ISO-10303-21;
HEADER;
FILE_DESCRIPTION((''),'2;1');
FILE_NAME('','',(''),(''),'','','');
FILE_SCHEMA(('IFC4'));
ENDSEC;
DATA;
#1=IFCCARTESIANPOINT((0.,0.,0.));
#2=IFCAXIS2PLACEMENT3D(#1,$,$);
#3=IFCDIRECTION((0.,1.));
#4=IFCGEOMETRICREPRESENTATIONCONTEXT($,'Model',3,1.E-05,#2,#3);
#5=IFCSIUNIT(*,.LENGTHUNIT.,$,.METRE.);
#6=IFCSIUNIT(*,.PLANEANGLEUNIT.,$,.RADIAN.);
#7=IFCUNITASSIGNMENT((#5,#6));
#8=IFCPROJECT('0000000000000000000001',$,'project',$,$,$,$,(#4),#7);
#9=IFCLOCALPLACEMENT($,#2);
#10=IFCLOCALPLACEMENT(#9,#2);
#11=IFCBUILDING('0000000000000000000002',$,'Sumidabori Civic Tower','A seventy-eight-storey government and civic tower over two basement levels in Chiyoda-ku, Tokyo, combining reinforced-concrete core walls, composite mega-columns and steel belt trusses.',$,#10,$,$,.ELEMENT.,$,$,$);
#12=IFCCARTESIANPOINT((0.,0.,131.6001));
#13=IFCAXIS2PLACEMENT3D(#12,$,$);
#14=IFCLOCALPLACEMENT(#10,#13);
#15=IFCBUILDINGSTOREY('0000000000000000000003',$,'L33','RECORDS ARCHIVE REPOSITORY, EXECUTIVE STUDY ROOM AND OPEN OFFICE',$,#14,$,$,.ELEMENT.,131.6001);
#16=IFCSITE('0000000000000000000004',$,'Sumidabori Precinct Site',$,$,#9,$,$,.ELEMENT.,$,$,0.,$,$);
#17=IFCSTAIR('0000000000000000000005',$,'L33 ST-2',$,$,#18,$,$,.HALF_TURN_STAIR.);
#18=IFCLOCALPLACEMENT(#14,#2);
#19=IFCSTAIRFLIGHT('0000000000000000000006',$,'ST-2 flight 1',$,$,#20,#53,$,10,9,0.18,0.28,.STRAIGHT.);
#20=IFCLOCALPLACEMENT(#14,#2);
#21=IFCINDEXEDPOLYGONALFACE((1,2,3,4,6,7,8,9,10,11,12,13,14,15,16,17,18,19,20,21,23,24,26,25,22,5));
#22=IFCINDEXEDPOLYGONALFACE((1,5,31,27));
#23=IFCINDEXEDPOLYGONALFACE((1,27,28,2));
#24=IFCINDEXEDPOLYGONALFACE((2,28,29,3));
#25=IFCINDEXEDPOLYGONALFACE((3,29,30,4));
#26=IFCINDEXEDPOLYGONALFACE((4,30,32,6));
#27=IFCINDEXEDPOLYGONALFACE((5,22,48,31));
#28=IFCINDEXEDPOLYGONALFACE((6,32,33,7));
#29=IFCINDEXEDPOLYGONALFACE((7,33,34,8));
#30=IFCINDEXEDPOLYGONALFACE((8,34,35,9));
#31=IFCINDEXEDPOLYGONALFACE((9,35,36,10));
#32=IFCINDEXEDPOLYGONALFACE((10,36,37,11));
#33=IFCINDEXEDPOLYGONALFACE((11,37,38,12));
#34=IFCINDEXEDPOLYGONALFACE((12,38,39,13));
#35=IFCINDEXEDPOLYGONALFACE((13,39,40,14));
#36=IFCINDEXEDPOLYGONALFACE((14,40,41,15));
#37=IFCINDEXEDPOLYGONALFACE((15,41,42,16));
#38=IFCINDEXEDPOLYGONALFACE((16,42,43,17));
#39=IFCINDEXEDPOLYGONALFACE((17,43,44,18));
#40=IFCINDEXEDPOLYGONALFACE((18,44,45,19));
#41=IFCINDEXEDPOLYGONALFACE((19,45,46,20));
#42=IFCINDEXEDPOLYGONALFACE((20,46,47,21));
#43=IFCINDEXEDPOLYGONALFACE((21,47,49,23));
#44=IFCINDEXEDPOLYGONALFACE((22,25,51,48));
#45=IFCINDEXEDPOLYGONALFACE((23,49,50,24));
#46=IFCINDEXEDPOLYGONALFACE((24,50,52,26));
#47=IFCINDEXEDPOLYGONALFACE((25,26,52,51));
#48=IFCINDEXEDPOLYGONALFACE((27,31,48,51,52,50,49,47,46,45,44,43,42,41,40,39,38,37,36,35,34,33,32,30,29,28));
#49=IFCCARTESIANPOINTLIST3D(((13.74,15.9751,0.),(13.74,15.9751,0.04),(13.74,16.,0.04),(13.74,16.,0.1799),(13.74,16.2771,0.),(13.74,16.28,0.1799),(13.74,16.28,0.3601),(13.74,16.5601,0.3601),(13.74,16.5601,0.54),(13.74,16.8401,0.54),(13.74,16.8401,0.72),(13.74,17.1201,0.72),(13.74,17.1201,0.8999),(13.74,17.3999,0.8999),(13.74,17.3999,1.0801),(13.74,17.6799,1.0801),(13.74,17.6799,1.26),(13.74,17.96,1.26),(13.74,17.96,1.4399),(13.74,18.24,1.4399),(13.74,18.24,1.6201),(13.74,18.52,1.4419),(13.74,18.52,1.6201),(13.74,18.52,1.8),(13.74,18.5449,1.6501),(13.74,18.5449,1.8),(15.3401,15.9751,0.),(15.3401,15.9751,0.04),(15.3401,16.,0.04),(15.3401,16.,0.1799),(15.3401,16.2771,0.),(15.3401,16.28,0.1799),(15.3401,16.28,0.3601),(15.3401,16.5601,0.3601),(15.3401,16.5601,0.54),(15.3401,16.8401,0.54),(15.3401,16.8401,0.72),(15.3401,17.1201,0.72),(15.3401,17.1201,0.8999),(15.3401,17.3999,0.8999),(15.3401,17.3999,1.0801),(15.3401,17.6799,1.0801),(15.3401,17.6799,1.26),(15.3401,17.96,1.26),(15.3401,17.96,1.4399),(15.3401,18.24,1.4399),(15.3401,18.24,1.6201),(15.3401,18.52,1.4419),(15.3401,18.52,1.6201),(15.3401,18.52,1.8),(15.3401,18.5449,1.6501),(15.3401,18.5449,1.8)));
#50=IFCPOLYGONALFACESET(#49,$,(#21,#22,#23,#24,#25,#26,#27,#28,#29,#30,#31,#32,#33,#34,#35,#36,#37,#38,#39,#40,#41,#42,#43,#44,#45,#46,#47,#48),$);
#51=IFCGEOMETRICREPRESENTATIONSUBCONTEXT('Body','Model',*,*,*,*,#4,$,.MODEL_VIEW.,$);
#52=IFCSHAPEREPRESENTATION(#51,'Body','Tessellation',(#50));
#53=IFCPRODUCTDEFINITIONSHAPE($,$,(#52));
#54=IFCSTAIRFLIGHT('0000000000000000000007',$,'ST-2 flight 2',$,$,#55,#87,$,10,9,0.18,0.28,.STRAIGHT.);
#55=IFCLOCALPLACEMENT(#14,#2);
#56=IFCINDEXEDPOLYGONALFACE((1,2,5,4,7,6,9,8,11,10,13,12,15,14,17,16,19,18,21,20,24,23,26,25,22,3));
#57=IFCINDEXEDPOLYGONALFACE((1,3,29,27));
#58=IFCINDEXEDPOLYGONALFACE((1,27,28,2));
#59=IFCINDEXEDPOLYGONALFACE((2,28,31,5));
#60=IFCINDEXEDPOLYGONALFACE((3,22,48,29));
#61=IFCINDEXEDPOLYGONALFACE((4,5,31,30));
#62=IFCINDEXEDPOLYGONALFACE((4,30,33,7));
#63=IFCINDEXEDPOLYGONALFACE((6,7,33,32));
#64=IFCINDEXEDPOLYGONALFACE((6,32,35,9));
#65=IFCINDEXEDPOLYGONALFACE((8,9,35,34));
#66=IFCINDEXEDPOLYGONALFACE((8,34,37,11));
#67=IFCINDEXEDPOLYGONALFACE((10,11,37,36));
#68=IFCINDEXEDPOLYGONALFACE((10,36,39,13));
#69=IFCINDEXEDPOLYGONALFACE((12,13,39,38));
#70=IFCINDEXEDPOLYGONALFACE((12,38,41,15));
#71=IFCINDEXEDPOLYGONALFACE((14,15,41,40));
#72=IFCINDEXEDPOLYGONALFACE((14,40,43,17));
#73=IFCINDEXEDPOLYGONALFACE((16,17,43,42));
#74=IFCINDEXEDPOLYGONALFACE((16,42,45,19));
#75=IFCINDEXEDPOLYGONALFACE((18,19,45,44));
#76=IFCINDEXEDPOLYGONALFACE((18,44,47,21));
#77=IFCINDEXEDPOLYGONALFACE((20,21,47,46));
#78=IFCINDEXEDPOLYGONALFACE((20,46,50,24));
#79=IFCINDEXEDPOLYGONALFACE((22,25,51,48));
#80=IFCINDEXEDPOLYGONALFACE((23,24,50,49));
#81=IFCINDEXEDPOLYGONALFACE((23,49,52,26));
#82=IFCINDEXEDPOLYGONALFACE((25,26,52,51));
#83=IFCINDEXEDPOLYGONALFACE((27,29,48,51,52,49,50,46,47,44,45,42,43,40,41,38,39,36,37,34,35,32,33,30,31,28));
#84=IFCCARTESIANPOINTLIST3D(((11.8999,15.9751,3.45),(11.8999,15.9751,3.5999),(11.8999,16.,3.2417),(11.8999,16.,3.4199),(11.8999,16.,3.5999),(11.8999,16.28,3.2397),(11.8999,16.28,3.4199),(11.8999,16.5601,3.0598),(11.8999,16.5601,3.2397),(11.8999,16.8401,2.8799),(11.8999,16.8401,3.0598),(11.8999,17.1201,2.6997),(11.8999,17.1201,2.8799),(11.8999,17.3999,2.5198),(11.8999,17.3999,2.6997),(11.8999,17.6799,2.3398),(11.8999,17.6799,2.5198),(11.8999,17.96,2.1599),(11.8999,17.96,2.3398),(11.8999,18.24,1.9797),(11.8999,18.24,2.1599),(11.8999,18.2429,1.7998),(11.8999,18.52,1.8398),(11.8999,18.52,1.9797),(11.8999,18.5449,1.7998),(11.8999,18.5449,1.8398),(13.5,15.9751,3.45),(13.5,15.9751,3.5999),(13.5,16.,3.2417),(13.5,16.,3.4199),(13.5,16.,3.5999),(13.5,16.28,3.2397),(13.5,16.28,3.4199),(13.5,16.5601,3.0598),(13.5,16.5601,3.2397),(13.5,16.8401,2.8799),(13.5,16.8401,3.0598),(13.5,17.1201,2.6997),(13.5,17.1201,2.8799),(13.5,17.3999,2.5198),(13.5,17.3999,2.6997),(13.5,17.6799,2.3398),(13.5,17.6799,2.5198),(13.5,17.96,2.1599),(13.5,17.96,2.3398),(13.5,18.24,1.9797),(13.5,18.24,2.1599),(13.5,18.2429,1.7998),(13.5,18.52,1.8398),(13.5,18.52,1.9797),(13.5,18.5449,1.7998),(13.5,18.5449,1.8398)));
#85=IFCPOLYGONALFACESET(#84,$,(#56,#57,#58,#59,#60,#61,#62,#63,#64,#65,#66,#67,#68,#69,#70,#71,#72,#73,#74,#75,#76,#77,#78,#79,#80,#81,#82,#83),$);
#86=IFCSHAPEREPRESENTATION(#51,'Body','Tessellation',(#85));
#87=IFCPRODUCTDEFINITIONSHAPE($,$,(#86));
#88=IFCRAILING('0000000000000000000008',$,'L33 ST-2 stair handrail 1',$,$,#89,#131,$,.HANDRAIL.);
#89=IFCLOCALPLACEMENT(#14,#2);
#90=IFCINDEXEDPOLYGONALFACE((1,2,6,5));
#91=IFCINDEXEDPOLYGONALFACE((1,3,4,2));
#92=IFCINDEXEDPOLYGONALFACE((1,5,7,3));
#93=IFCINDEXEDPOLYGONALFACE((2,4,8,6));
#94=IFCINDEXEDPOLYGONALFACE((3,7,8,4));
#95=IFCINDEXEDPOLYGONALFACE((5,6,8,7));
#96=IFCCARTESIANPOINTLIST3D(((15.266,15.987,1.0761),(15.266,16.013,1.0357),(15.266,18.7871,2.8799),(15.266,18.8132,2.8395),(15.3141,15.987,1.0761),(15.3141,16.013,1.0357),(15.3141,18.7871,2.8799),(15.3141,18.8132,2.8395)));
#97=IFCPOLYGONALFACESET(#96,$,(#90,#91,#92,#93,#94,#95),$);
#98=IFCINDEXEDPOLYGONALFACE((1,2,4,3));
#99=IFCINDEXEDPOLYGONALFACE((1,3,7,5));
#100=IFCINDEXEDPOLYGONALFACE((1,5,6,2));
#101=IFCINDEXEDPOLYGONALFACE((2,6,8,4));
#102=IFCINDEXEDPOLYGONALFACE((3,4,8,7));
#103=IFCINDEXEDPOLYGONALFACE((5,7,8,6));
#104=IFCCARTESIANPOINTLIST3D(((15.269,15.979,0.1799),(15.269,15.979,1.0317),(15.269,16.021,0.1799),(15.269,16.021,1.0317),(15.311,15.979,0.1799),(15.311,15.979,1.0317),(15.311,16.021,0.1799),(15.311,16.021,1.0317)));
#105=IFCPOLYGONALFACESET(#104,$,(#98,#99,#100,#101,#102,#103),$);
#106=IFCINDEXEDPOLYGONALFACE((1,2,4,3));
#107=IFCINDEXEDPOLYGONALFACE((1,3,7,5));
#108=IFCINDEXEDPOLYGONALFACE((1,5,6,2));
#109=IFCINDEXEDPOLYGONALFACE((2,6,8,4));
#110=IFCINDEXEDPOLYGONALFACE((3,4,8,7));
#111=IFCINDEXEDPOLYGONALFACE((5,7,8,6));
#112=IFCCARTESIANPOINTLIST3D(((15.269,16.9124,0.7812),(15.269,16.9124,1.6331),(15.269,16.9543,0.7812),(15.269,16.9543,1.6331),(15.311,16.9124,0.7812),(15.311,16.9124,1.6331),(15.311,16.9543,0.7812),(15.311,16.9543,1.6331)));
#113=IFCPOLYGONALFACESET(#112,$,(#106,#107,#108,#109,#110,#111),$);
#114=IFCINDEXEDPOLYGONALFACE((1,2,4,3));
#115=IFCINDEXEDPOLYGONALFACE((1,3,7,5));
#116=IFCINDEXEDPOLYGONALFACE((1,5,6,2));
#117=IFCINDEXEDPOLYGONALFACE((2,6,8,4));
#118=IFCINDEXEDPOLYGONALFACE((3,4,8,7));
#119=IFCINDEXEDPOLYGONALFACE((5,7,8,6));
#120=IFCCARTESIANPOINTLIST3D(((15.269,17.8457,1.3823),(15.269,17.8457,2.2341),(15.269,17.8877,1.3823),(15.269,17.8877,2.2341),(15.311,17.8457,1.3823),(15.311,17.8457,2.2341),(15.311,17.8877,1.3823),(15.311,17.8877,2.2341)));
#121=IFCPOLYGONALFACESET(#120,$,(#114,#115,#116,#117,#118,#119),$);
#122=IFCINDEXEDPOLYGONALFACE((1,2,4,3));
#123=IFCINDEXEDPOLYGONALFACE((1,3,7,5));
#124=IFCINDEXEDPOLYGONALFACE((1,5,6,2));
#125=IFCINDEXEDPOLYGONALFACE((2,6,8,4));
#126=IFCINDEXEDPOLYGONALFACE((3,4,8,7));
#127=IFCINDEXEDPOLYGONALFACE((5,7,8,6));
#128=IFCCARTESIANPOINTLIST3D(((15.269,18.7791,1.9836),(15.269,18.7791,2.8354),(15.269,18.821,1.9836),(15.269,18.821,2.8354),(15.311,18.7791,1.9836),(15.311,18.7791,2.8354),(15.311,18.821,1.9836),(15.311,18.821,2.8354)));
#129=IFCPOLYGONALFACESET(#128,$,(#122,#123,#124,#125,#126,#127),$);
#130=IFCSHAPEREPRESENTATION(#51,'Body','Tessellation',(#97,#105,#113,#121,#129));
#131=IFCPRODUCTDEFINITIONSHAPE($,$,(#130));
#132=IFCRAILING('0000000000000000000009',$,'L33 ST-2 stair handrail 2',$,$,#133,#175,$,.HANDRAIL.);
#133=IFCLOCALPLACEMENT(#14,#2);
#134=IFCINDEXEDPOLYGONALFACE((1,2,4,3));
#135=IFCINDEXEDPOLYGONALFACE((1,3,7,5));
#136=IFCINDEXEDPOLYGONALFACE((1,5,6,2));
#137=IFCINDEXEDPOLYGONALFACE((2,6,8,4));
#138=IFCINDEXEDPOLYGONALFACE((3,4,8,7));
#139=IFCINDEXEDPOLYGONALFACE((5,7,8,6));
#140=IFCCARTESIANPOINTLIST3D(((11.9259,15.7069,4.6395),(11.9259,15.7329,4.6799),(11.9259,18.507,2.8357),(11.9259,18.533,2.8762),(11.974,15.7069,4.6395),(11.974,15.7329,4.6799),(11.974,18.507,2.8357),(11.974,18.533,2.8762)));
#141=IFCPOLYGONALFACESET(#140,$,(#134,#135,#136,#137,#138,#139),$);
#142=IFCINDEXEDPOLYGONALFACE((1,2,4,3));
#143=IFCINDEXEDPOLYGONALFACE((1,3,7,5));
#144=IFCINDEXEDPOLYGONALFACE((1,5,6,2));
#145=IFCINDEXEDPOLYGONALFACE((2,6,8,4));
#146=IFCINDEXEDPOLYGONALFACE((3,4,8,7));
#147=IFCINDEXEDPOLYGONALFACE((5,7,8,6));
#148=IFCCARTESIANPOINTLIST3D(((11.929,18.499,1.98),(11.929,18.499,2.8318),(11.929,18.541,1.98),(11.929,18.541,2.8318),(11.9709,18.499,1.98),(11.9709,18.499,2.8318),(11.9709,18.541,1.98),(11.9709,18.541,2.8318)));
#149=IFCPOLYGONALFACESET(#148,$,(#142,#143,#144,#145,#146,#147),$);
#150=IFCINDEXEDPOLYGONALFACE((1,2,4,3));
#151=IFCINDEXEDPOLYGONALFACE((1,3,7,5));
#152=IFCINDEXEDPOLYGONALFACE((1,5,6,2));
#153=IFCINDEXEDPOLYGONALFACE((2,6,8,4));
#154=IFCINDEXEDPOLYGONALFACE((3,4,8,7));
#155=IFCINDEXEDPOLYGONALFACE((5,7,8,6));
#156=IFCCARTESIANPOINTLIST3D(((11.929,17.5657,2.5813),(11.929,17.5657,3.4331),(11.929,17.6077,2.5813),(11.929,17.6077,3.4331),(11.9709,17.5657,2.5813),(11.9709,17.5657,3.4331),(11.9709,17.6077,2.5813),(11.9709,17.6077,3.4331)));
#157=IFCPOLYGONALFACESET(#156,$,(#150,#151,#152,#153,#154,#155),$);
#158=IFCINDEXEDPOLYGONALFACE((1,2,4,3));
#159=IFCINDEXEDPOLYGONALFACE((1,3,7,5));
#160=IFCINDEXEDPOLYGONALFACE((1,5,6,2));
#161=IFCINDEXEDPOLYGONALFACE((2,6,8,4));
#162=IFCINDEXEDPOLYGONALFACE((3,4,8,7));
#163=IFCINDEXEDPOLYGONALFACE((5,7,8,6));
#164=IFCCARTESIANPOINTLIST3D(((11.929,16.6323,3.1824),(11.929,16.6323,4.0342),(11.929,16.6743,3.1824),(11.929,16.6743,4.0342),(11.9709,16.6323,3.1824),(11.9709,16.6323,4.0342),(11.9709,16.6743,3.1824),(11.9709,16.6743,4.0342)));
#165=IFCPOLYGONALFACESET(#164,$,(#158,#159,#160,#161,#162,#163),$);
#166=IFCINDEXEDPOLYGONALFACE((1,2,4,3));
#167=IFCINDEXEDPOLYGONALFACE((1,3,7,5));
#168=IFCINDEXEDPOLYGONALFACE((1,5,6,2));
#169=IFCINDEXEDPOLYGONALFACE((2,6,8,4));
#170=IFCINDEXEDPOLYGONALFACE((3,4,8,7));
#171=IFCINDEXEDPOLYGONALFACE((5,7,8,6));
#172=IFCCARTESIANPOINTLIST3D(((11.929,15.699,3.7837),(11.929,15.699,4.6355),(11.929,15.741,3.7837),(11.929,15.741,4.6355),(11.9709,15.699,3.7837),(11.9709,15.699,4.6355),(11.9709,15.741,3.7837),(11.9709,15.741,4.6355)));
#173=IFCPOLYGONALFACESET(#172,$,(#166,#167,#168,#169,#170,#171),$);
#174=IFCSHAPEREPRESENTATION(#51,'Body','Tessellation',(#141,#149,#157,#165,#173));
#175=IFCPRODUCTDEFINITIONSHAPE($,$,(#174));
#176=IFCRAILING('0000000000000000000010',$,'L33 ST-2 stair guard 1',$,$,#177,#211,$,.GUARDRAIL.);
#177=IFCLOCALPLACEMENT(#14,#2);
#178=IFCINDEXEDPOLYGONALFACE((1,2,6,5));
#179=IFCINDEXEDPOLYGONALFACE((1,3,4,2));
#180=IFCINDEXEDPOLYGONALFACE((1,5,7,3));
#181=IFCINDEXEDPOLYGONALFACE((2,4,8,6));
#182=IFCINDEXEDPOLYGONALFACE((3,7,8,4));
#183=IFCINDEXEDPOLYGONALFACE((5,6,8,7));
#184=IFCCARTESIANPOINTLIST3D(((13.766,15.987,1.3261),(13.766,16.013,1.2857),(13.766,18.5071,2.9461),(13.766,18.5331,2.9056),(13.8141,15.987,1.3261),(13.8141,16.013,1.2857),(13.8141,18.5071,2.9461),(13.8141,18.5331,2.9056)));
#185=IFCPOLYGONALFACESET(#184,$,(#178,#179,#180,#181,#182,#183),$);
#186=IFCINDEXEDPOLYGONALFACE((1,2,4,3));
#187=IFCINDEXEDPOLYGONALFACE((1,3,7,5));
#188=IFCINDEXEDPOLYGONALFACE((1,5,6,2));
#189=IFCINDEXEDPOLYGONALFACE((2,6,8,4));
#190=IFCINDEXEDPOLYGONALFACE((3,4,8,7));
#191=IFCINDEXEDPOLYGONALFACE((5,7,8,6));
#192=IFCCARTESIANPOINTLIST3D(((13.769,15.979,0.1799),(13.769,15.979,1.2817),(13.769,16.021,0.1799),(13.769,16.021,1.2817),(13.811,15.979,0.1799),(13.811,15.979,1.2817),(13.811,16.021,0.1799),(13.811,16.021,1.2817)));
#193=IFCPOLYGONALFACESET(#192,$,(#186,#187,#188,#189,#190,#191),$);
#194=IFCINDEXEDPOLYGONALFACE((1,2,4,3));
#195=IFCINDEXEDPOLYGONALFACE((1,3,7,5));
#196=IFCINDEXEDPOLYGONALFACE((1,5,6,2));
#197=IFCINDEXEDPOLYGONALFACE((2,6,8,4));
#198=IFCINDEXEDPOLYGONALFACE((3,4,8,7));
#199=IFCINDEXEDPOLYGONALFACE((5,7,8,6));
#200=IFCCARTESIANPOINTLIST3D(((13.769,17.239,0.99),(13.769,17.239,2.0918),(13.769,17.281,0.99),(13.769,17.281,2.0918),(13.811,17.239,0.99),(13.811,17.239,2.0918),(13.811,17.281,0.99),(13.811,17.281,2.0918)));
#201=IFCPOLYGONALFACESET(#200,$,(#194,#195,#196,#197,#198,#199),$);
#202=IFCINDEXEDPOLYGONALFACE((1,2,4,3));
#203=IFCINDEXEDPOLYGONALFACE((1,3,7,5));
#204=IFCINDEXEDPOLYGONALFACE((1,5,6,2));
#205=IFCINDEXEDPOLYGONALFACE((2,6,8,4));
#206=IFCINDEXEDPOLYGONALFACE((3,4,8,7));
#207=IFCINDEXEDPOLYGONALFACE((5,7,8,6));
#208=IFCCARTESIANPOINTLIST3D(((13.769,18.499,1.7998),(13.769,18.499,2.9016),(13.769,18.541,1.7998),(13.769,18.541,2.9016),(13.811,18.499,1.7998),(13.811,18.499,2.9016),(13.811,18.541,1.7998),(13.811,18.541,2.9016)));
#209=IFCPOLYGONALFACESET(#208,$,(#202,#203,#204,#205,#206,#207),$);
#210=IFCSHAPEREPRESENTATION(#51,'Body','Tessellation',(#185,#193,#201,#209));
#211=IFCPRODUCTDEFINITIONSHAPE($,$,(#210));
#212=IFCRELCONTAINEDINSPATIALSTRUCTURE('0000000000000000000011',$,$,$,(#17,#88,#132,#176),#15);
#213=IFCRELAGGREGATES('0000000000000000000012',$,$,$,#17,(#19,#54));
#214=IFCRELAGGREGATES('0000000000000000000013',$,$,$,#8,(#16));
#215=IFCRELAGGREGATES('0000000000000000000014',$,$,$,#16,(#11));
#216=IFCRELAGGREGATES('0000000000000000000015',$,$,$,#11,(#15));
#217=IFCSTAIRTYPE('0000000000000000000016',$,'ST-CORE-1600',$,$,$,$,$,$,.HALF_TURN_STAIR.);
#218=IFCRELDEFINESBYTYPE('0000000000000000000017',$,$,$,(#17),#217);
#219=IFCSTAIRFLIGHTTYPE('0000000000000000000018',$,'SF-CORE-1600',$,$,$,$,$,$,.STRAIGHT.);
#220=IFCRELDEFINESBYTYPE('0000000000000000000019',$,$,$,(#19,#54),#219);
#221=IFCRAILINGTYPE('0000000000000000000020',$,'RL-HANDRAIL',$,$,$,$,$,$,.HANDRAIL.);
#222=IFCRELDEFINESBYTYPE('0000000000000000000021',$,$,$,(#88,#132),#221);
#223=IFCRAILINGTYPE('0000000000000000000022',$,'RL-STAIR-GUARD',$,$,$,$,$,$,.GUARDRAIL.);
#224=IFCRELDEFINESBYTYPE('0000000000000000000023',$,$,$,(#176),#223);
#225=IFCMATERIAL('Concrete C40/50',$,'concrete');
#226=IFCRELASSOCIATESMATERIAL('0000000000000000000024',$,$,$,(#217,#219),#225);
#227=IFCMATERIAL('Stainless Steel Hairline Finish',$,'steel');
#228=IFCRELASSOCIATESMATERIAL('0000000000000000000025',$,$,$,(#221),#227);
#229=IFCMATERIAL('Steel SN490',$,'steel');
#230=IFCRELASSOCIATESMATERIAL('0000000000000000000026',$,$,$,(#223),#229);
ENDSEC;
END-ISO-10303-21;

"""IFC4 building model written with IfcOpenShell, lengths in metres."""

from ifc_helpers import new_model, si_unit, direction, frame, origin, origin_2d, place, context, subcontext, project, spatial, polyline, rectangle, outline, extrude, source, transform, mapped, material, type_object, element, aggregate, save


model = new_model("IFC4")

# Units and contexts
model_context = context("Model", 3, precision=1e-05, world=origin(), true_north=direction((0.0, 1.0)))
body_context = subcontext(model_context, "Body", "Model", "MODEL_VIEW")
ifc_project = project(units=[si_unit("LENGTHUNIT", "METRE"), si_unit("PLANEANGLEUNIT", "RADIAN")], contexts=[model_context])

# Site, building, storey
site_placement = place(None, origin())
site = spatial("IfcSite", under=ifc_project, at=site_placement, Name="Sumidabori Precinct Site", CompositionType="ELEMENT", RefElevation=0.0)
building_placement = place(site_placement, origin())
building = spatial("IfcBuilding", under=site, at=building_placement, Name="Sumidabori Civic Tower", Description="A seventy-eight-storey government and civic tower over two basement levels in Chiyoda-ku, Tokyo, combining reinforced-concrete core walls, composite mega-columns and steel belt trusses.", CompositionType="ELEMENT")
storey_placement = place(building_placement, frame((0.0, 0.0, 131.6001)))
storey = spatial("IfcBuildingStorey", under=building, at=storey_placement, Name="L33", Description="RECORDS ARCHIVE REPOSITORY, EXECUTIVE STUDY ROOM AND OPEN OFFICE", CompositionType="ELEMENT", Elevation=131.6001)

# Shared definitions
ifc_material_1 = material(Name="Steel SN490", Category="steel")

# Stair, stair flights
ifc_material_2 = material(Name="Concrete C40/50", Category="concrete")
stair_type = type_object("IfcStairType", Name="ST-CORE-1600", PredefinedType="HALF_TURN_STAIR", material=ifc_material_2)
stair_placement = place(storey_placement, origin())
stair = element("IfcStair", 1, at=stair_placement, inside=storey, type_object=stair_type, Name="L33 ST-2", PredefinedType="HALF_TURN_STAIR")
stair_flight_type = type_object("IfcStairFlightType", Name="SF-CORE-1600", PredefinedType="STRAIGHT", material=ifc_material_2)
shared_shape_1 = source(origin(), body_context, "Body", "SweptSolid", [
    extrude(outline(polyline([(-0.0249, 0.0), (-0.0249, 0.04), (0.0, 0.04), (0.0, 0.1799), (0.28, 0.1799), (0.28, 0.3601), (0.5601, 0.3601), (0.5601, 0.54), (0.8401, 0.54), (0.8401, 0.72), (1.1201, 0.72), (1.1201, 0.8999), (1.3999, 0.8999), (1.3999, 1.0801), (1.6799, 1.0801), (1.6799, 1.26), (1.96, 1.26), (1.96, 1.4399), (2.24, 1.4399), (2.24, 1.6201), (2.52, 1.6201), (2.52, 1.8), (2.5449, 1.8), (2.5449, 1.6501), (2.52, 1.4419), (0.2771, 0.0), (-0.0249, 0.0)])), frame((0.0, 0.8, 0.0), z_axis=(0.0, -1.0, 0.0), x_axis=(1.0, 0.0, 0.0)), (0.0, 0.0, 1.0), 1.6001),
])
stair_flight_1_placement = place(storey_placement, frame((14.54, 16.0, 0.0), z_axis=(0.0, 0.0, 1.0), x_axis=(0.0, 1.0, 0.0)))
stair_flight_1 = element("IfcStairFlight", 2, at=stair_flight_1_placement, type_object=stair_flight_type, Name="ST-2 flight 1", NumberOfRisers=10, NumberOfTreads=9, PredefinedType="STRAIGHT", RiserHeight=0.18, TreadLength=0.28, context=body_context, shape_type="MappedRepresentation", body=[
    mapped(shared_shape_1, transform((0.0, 0.0, 0.0), x_axis=(1.0, 0.0, 0.0), y_axis=(0.0, 1.0, 0.0), z_axis=(0.0, 0.0, 1.0), scale=1.0)),
])
stair_flight_2_placement = place(storey_placement, frame((12.7, 18.52, 1.7998), z_axis=(0.0, 0.0, 1.0), x_axis=(0.0, -1.0, 0.0)))
stair_flight_2 = element("IfcStairFlight", 3, at=stair_flight_2_placement, type_object=stair_flight_type, Name="ST-2 flight 2", NumberOfRisers=10, NumberOfTreads=9, PredefinedType="STRAIGHT", RiserHeight=0.18, TreadLength=0.28, context=body_context, shape_type="MappedRepresentation", body=[
    mapped(shared_shape_1, transform((0.0, 0.0, 0.0), x_axis=(1.0, 0.0, 0.0), y_axis=(0.0, 1.0, 0.0), z_axis=(0.0, 0.0, 1.0), scale=1.0)),
])
aggregate(stair, [stair_flight_1, stair_flight_2])

# Railings
ifc_material_3 = material(Name="Stainless Steel Hairline Finish", Category="steel")
railing_type_1 = type_object("IfcRailingType", Name="RL-HANDRAIL", PredefinedType="HANDRAIL", material=ifc_material_3)
railing_1_placement = place(storey_placement, frame((15.29, 16.0, 0.1799)))
element("IfcRailing", 4, at=railing_1_placement, inside=storey, type_object=railing_type_1, Name="L33 ST-2 stair handrail 1", PredefinedType="HANDRAIL", context=body_context, shape_type="SweptSolid", body=[
    extrude(rectangle(XDim=0.0481, YDim=0.0481, at=origin_2d()), frame((0.0, 0.0, 0.876), z_axis=(0.0, 0.840676, 0.541539), x_axis=(-1.0, 0.0, 0.0)), (0.0, 0.0, 1.0), 3.3308),
    extrude(rectangle(XDim=0.042, YDim=0.042, at=origin_2d()), origin(), (0.0, 0.0, 1.0), 0.8518),
    extrude(rectangle(XDim=0.042, YDim=0.042, at=origin_2d()), frame((0.0, 0.9333, 0.6013)), (0.0, 0.0, 1.0), 0.8518),
    extrude(rectangle(XDim=0.042, YDim=0.042, at=origin_2d()), frame((0.0, 1.8667, 1.2024)), (0.0, 0.0, 1.0), 0.8518),
    extrude(rectangle(XDim=0.042, YDim=0.042, at=origin_2d()), frame((0.0, 2.8, 1.8037)), (0.0, 0.0, 1.0), 0.8518),
])
railing_2_placement = place(storey_placement, frame((11.95, 18.52, 1.98)))
element("IfcRailing", 5, at=railing_2_placement, inside=storey, type_object=railing_type_1, Name="L33 ST-2 stair handrail 2", PredefinedType="HANDRAIL", context=body_context, shape_type="SweptSolid", body=[
    extrude(rectangle(XDim=0.0481, YDim=0.0481, at=origin_2d()), frame((0.0, 0.0, 0.876), z_axis=(0.0, -0.840676, 0.541539), x_axis=(1.0, 0.0, 0.0)), (0.0, 0.0, 1.0), 3.3308),
    extrude(rectangle(XDim=0.042, YDim=0.042, at=origin_2d()), origin(), (0.0, 0.0, 1.0), 0.8518),
    extrude(rectangle(XDim=0.042, YDim=0.042, at=origin_2d()), frame((0.0, -0.9333, 0.6013)), (0.0, 0.0, 1.0), 0.8518),
    extrude(rectangle(XDim=0.042, YDim=0.042, at=origin_2d()), frame((0.0, -1.8667, 1.2024)), (0.0, 0.0, 1.0), 0.8518),
    extrude(rectangle(XDim=0.042, YDim=0.042, at=origin_2d()), frame((0.0, -2.8, 1.8037)), (0.0, 0.0, 1.0), 0.8518),
])
railing_type_2 = type_object("IfcRailingType", Name="RL-STAIR-GUARD", PredefinedType="GUARDRAIL", material=ifc_material_1)
railing_3_placement = place(storey_placement, frame((13.79, 16.0, 0.1799)))
element("IfcRailing", 6, at=railing_3_placement, inside=storey, type_object=railing_type_2, Name="L33 ST-2 stair guard 1", PredefinedType="GUARDRAIL", context=body_context, shape_type="SweptSolid", body=[
    extrude(rectangle(XDim=0.0481, YDim=0.0481, at=origin_2d()), frame((0.0, 0.0, 1.126), z_axis=(0.0, 0.8412, 0.540725), x_axis=(-1.0, 0.0, 0.0)), (0.0, 0.0, 1.0), 2.9958),
    extrude(rectangle(XDim=0.042, YDim=0.042, at=origin_2d()), origin(), (0.0, 0.0, 1.0), 1.1018),
    extrude(rectangle(XDim=0.042, YDim=0.042, at=origin_2d()), frame((0.0, 1.26, 0.8101)), (0.0, 0.0, 1.0), 1.1018),
    extrude(rectangle(XDim=0.042, YDim=0.042, at=origin_2d()), frame((0.0, 2.52, 1.6199)), (0.0, 0.0, 1.0), 1.1018),
])

save(model, "model.ifc")
